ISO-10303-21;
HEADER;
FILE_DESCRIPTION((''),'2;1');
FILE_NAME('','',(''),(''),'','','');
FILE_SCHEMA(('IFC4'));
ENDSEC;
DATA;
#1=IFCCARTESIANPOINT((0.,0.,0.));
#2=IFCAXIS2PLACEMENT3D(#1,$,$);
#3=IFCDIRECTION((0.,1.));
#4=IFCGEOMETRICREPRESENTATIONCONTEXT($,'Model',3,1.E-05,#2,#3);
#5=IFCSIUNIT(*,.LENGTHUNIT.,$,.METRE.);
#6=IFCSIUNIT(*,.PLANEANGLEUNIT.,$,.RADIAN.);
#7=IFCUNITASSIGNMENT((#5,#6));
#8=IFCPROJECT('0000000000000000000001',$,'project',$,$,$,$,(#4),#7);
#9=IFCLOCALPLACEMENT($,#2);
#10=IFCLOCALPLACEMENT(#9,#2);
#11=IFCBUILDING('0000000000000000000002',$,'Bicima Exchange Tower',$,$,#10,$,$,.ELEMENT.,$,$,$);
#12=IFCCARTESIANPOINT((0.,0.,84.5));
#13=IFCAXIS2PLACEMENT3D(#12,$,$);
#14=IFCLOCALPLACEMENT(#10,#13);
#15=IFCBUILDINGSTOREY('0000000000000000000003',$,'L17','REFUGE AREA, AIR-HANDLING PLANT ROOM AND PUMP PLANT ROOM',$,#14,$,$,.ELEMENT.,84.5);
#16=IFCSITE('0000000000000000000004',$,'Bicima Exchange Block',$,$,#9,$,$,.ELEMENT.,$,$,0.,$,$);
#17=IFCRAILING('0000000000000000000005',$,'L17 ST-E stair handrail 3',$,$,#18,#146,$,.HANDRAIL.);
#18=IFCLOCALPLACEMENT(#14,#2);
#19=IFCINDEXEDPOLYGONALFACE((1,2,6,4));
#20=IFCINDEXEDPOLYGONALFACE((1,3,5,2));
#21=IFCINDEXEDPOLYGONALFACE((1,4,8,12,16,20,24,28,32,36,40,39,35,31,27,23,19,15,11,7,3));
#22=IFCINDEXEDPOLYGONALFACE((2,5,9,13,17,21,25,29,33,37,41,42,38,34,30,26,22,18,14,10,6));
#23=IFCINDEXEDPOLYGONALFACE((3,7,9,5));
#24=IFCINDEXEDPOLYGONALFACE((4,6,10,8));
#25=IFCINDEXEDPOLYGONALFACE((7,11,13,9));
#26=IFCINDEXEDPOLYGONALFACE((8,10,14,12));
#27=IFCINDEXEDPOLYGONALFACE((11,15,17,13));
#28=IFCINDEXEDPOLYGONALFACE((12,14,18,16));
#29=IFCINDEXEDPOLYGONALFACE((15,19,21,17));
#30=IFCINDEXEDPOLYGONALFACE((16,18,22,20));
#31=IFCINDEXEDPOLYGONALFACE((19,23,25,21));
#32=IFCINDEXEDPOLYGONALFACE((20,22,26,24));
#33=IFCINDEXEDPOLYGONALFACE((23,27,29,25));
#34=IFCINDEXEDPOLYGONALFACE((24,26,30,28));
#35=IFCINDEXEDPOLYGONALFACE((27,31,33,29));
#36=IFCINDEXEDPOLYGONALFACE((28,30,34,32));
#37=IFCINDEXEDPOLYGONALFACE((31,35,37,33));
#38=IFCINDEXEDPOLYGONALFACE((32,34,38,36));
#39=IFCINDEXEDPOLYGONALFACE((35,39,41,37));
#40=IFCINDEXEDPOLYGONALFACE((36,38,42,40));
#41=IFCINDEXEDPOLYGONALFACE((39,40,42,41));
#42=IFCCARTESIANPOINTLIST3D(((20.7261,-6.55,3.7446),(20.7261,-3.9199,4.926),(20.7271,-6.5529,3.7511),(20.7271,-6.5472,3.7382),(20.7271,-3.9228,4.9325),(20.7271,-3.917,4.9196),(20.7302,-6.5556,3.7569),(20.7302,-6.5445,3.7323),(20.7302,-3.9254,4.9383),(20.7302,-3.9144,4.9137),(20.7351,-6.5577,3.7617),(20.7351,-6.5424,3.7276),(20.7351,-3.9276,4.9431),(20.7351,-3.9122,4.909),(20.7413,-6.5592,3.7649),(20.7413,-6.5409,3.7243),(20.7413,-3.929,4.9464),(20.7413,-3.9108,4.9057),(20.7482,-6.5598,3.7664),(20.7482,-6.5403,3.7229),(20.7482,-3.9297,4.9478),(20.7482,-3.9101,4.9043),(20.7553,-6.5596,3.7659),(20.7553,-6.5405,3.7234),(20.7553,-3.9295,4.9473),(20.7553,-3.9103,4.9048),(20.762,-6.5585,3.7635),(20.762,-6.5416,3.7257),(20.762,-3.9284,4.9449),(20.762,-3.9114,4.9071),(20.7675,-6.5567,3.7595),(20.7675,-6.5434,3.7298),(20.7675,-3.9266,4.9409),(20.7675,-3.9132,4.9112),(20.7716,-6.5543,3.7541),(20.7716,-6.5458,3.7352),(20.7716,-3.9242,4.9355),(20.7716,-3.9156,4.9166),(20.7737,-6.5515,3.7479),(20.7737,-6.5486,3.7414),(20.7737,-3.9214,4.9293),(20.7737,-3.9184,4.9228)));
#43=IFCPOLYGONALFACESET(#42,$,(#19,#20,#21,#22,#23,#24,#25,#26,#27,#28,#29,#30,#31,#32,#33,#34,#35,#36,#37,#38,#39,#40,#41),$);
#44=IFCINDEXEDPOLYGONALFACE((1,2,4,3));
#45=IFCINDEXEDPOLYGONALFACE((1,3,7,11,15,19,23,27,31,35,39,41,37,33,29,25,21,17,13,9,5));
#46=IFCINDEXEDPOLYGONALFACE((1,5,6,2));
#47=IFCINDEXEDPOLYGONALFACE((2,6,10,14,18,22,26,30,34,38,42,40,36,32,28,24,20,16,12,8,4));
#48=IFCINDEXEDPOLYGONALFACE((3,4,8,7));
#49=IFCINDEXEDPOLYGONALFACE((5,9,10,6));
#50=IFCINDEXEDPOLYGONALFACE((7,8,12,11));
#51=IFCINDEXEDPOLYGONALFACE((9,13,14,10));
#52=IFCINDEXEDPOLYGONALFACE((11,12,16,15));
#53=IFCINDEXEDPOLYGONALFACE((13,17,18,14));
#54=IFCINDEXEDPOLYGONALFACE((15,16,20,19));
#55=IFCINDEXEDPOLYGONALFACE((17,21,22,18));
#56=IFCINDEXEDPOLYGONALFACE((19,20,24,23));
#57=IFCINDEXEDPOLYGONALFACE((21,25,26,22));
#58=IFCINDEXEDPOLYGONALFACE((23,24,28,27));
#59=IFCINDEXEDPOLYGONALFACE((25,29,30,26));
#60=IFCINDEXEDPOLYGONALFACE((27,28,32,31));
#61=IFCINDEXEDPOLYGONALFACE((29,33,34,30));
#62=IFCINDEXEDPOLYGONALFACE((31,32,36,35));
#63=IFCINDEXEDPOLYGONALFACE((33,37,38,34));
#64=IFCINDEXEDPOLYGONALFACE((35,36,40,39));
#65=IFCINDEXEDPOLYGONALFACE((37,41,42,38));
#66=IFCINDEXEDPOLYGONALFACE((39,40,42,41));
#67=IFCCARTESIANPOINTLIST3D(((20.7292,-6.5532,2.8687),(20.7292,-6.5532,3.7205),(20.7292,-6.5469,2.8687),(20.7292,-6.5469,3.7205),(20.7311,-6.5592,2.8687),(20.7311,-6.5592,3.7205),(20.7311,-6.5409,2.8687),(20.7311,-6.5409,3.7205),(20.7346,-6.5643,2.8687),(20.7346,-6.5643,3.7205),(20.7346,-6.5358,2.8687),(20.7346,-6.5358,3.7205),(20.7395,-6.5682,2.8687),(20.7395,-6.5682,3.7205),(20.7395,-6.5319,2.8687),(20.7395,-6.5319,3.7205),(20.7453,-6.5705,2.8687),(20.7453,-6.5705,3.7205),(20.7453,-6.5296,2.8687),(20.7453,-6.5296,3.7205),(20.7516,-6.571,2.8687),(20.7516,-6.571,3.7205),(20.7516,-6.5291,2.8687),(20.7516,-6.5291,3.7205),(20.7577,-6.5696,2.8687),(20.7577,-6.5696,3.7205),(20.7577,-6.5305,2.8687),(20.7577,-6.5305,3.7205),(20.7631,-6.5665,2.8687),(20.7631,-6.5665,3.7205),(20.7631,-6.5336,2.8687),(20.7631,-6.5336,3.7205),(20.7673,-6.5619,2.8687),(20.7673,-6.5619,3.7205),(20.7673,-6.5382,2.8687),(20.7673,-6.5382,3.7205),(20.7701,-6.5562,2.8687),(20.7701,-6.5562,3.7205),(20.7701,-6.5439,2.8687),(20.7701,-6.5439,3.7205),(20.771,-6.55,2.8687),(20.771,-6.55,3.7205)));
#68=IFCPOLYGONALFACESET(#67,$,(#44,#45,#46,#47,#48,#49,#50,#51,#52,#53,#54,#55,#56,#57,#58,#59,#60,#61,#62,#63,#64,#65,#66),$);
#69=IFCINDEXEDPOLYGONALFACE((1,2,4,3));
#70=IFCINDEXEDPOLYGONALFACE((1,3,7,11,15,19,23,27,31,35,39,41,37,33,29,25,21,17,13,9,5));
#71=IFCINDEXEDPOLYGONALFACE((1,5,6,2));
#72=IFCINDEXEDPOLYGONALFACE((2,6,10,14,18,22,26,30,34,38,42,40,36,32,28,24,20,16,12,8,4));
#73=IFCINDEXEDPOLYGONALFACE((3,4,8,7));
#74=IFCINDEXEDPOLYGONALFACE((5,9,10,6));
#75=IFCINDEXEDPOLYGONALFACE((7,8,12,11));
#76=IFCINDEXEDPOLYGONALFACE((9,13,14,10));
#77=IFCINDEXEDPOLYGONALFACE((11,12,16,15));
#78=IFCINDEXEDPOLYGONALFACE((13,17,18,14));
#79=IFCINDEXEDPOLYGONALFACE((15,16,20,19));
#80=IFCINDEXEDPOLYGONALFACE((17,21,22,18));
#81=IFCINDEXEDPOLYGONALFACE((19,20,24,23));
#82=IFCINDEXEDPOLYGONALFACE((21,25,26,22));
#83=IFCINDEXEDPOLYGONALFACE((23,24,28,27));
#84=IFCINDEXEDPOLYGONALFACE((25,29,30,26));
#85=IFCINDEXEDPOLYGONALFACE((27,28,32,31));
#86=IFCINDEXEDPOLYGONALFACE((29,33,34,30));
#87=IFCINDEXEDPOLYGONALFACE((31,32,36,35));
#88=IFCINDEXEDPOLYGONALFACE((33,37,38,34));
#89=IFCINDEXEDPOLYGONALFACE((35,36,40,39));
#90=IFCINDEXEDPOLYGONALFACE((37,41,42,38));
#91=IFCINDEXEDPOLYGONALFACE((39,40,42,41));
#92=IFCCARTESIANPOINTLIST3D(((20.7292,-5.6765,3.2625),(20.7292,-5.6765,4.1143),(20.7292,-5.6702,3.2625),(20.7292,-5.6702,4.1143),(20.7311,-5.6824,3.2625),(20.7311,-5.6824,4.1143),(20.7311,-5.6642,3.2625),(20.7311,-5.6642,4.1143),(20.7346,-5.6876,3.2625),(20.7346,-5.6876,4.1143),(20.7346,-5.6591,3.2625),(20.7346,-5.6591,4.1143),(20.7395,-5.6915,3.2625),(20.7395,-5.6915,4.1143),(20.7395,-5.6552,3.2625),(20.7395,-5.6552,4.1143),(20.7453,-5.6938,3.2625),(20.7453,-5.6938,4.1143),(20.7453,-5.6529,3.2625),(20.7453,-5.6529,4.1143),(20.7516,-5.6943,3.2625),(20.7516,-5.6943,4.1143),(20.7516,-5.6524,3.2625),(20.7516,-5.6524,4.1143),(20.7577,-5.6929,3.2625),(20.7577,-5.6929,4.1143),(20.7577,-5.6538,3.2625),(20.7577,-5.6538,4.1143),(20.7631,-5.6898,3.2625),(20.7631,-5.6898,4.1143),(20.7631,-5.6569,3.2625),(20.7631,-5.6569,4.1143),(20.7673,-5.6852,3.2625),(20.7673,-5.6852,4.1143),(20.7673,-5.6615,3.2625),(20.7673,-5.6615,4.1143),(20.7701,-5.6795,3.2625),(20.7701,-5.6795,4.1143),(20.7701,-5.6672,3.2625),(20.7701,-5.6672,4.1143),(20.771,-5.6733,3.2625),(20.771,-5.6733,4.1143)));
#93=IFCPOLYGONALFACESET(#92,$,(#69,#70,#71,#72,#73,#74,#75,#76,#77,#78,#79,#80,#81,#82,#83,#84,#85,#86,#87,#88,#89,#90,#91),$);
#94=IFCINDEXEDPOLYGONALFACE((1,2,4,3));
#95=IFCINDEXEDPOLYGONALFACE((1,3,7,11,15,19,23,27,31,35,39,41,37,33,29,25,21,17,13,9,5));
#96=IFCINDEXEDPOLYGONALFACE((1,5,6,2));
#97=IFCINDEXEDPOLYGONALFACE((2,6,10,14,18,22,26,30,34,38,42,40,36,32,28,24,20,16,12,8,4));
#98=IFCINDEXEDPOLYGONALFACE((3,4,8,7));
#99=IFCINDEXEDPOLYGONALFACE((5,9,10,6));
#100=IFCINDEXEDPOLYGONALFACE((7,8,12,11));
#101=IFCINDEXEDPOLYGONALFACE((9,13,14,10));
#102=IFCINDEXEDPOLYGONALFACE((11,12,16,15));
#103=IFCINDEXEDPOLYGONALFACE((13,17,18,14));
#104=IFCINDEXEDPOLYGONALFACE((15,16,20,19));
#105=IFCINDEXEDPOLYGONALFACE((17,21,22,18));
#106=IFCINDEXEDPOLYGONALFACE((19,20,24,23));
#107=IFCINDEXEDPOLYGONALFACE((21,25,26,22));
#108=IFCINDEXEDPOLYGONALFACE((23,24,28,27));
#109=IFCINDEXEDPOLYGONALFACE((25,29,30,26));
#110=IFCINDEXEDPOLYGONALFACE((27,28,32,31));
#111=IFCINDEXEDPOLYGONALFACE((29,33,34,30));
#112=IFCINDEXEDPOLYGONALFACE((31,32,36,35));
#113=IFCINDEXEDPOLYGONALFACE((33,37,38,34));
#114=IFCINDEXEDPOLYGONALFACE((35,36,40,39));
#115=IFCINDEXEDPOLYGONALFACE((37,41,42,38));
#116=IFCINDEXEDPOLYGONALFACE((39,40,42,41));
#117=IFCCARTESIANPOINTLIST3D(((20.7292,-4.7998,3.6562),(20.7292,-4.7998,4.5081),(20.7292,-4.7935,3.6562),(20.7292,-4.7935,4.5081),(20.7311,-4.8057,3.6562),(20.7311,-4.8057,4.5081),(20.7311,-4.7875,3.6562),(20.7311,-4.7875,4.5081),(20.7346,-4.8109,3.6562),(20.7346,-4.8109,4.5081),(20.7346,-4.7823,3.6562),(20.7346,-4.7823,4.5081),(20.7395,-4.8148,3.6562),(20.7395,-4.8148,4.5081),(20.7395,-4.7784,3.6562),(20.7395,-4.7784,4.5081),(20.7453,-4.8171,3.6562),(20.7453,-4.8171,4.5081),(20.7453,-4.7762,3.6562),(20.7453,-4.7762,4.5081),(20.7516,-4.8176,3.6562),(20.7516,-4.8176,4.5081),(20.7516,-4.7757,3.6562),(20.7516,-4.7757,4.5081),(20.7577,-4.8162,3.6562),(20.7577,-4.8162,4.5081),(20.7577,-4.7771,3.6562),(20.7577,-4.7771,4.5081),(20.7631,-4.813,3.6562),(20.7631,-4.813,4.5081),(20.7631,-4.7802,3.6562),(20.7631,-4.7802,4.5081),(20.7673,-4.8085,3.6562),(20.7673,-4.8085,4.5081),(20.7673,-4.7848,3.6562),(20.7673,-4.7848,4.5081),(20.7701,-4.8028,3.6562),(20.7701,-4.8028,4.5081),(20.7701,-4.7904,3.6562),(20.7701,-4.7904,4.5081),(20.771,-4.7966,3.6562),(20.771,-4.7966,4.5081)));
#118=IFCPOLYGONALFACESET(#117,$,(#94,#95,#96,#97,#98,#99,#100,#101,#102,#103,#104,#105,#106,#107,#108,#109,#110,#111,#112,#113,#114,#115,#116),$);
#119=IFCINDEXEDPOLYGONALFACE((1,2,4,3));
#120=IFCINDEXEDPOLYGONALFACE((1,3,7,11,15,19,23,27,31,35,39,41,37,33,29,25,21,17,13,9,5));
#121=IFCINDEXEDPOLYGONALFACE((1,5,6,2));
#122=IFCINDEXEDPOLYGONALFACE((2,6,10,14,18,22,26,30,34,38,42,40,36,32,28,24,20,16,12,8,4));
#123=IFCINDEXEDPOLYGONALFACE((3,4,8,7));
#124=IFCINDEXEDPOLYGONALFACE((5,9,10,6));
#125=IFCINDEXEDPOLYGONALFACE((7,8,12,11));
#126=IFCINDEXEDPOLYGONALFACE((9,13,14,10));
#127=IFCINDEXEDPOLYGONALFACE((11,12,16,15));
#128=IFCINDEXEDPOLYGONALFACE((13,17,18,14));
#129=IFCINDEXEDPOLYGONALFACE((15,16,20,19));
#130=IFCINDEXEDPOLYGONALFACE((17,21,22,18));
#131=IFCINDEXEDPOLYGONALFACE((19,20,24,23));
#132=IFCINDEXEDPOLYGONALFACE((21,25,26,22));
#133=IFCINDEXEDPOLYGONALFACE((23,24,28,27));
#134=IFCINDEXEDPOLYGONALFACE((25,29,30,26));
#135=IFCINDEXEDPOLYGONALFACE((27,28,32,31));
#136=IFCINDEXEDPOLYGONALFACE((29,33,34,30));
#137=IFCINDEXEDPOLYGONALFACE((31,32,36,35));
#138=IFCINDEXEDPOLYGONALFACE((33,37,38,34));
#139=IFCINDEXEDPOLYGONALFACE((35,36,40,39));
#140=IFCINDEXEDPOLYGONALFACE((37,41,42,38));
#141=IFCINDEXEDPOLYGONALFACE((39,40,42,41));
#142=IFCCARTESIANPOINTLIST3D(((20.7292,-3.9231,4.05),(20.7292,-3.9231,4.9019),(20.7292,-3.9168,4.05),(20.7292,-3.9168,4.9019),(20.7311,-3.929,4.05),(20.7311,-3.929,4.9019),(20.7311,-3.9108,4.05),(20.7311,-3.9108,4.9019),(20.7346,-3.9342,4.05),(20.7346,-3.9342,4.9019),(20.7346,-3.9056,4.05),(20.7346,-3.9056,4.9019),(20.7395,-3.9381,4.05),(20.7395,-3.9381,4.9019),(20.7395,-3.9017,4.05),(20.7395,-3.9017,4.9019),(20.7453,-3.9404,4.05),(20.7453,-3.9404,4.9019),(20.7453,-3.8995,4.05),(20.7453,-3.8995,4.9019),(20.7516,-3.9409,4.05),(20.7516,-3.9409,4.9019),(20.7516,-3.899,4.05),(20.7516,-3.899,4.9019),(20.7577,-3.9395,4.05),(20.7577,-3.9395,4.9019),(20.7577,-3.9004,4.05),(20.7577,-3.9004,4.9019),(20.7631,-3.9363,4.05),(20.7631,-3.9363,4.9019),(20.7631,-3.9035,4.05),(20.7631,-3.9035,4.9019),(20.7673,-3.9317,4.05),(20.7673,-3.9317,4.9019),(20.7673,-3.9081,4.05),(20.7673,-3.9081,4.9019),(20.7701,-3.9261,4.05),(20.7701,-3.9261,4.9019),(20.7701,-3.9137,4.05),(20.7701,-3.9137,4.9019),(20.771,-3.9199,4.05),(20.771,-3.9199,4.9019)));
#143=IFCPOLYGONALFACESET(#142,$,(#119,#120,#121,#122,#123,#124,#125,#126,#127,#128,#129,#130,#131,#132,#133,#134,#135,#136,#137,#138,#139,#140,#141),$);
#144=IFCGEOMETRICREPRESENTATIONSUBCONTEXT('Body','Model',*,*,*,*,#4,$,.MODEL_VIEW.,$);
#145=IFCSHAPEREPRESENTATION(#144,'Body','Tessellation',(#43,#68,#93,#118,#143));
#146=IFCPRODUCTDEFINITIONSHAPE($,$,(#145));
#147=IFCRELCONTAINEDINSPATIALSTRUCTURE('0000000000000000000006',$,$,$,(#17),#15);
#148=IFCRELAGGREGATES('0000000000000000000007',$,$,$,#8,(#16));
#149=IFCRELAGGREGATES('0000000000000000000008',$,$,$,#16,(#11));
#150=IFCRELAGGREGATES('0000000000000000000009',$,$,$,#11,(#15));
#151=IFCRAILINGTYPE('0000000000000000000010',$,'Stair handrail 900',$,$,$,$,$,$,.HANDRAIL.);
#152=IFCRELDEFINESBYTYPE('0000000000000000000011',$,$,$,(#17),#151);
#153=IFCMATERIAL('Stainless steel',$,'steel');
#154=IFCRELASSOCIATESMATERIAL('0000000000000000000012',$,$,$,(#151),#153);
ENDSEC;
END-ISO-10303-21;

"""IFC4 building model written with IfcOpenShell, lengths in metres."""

from ifc_helpers import new_model, si_unit, direction, frame, origin, origin_2d, place, context, subcontext, project, spatial, circle, extrude, material, type_object, element, save


model = new_model("IFC4")

# Units and contexts
model_context = context("Model", 3, precision=1e-05, world=origin(), true_north=direction((0.0, 1.0)))
body_context = subcontext(model_context, "Body", "Model", "MODEL_VIEW")
ifc_project = project(units=[si_unit("LENGTHUNIT", "METRE"), si_unit("PLANEANGLEUNIT", "RADIAN")], contexts=[model_context])

# Site, building, storey
site_placement = place(None, origin())
site = spatial("IfcSite", under=ifc_project, at=site_placement, Name="Bicima Exchange Block", CompositionType="ELEMENT", RefElevation=0.0)
building_placement = place(site_placement, origin())
building = spatial("IfcBuilding", under=site, at=building_placement, Name="Bicima Exchange Tower", CompositionType="ELEMENT")
storey_placement = place(building_placement, frame((0.0, 0.0, 84.5)))
storey = spatial("IfcBuildingStorey", under=building, at=storey_placement, Name="L17", Description="REFUGE AREA, AIR-HANDLING PLANT ROOM AND PUMP PLANT ROOM", CompositionType="ELEMENT", Elevation=84.5)

# Railing
ifc_material_1 = material(Name="Stainless steel", Category="steel")
railing_type_1 = type_object("IfcRailingType", Name="Stair handrail 900", PredefinedType="HANDRAIL", material=ifc_material_1)
for number, where, name in (
    (1, (20.75, -6.55, 2.8687), "L17 ST-E stair handrail 3"),
):
    element("IfcRailing", number, at=place(storey_placement, frame(where)), inside=storey, type_object=railing_type_1, Name=name, PredefinedType="HANDRAIL", context=body_context, shape_type="SweptSolid", body=[
        extrude(circle(Radius=0.0239, at=origin_2d()), frame((0.0, 0.0, 0.876), z_axis=(0.0, 0.912202, 0.409741), x_axis=(-1.0, 0.0, 0.0)), (0.0, 0.0, 1.0), 2.8833),
        extrude(circle(Radius=0.021, at=origin_2d()), origin(), (0.0, 0.0, 1.0), 0.8518),
        extrude(circle(Radius=0.021, at=origin_2d()), frame((0.0, 0.8767, 0.3938)), (0.0, 0.0, 1.0), 0.8518),
        extrude(circle(Radius=0.021, at=origin_2d()), frame((0.0, 1.7534, 0.7876)), (0.0, 0.0, 1.0), 0.8518),
        extrude(circle(Radius=0.021, at=origin_2d()), frame((0.0, 2.6301, 1.1814)), (0.0, 0.0, 1.0), 0.8518),
    ])

save(model, "model.ifc")
